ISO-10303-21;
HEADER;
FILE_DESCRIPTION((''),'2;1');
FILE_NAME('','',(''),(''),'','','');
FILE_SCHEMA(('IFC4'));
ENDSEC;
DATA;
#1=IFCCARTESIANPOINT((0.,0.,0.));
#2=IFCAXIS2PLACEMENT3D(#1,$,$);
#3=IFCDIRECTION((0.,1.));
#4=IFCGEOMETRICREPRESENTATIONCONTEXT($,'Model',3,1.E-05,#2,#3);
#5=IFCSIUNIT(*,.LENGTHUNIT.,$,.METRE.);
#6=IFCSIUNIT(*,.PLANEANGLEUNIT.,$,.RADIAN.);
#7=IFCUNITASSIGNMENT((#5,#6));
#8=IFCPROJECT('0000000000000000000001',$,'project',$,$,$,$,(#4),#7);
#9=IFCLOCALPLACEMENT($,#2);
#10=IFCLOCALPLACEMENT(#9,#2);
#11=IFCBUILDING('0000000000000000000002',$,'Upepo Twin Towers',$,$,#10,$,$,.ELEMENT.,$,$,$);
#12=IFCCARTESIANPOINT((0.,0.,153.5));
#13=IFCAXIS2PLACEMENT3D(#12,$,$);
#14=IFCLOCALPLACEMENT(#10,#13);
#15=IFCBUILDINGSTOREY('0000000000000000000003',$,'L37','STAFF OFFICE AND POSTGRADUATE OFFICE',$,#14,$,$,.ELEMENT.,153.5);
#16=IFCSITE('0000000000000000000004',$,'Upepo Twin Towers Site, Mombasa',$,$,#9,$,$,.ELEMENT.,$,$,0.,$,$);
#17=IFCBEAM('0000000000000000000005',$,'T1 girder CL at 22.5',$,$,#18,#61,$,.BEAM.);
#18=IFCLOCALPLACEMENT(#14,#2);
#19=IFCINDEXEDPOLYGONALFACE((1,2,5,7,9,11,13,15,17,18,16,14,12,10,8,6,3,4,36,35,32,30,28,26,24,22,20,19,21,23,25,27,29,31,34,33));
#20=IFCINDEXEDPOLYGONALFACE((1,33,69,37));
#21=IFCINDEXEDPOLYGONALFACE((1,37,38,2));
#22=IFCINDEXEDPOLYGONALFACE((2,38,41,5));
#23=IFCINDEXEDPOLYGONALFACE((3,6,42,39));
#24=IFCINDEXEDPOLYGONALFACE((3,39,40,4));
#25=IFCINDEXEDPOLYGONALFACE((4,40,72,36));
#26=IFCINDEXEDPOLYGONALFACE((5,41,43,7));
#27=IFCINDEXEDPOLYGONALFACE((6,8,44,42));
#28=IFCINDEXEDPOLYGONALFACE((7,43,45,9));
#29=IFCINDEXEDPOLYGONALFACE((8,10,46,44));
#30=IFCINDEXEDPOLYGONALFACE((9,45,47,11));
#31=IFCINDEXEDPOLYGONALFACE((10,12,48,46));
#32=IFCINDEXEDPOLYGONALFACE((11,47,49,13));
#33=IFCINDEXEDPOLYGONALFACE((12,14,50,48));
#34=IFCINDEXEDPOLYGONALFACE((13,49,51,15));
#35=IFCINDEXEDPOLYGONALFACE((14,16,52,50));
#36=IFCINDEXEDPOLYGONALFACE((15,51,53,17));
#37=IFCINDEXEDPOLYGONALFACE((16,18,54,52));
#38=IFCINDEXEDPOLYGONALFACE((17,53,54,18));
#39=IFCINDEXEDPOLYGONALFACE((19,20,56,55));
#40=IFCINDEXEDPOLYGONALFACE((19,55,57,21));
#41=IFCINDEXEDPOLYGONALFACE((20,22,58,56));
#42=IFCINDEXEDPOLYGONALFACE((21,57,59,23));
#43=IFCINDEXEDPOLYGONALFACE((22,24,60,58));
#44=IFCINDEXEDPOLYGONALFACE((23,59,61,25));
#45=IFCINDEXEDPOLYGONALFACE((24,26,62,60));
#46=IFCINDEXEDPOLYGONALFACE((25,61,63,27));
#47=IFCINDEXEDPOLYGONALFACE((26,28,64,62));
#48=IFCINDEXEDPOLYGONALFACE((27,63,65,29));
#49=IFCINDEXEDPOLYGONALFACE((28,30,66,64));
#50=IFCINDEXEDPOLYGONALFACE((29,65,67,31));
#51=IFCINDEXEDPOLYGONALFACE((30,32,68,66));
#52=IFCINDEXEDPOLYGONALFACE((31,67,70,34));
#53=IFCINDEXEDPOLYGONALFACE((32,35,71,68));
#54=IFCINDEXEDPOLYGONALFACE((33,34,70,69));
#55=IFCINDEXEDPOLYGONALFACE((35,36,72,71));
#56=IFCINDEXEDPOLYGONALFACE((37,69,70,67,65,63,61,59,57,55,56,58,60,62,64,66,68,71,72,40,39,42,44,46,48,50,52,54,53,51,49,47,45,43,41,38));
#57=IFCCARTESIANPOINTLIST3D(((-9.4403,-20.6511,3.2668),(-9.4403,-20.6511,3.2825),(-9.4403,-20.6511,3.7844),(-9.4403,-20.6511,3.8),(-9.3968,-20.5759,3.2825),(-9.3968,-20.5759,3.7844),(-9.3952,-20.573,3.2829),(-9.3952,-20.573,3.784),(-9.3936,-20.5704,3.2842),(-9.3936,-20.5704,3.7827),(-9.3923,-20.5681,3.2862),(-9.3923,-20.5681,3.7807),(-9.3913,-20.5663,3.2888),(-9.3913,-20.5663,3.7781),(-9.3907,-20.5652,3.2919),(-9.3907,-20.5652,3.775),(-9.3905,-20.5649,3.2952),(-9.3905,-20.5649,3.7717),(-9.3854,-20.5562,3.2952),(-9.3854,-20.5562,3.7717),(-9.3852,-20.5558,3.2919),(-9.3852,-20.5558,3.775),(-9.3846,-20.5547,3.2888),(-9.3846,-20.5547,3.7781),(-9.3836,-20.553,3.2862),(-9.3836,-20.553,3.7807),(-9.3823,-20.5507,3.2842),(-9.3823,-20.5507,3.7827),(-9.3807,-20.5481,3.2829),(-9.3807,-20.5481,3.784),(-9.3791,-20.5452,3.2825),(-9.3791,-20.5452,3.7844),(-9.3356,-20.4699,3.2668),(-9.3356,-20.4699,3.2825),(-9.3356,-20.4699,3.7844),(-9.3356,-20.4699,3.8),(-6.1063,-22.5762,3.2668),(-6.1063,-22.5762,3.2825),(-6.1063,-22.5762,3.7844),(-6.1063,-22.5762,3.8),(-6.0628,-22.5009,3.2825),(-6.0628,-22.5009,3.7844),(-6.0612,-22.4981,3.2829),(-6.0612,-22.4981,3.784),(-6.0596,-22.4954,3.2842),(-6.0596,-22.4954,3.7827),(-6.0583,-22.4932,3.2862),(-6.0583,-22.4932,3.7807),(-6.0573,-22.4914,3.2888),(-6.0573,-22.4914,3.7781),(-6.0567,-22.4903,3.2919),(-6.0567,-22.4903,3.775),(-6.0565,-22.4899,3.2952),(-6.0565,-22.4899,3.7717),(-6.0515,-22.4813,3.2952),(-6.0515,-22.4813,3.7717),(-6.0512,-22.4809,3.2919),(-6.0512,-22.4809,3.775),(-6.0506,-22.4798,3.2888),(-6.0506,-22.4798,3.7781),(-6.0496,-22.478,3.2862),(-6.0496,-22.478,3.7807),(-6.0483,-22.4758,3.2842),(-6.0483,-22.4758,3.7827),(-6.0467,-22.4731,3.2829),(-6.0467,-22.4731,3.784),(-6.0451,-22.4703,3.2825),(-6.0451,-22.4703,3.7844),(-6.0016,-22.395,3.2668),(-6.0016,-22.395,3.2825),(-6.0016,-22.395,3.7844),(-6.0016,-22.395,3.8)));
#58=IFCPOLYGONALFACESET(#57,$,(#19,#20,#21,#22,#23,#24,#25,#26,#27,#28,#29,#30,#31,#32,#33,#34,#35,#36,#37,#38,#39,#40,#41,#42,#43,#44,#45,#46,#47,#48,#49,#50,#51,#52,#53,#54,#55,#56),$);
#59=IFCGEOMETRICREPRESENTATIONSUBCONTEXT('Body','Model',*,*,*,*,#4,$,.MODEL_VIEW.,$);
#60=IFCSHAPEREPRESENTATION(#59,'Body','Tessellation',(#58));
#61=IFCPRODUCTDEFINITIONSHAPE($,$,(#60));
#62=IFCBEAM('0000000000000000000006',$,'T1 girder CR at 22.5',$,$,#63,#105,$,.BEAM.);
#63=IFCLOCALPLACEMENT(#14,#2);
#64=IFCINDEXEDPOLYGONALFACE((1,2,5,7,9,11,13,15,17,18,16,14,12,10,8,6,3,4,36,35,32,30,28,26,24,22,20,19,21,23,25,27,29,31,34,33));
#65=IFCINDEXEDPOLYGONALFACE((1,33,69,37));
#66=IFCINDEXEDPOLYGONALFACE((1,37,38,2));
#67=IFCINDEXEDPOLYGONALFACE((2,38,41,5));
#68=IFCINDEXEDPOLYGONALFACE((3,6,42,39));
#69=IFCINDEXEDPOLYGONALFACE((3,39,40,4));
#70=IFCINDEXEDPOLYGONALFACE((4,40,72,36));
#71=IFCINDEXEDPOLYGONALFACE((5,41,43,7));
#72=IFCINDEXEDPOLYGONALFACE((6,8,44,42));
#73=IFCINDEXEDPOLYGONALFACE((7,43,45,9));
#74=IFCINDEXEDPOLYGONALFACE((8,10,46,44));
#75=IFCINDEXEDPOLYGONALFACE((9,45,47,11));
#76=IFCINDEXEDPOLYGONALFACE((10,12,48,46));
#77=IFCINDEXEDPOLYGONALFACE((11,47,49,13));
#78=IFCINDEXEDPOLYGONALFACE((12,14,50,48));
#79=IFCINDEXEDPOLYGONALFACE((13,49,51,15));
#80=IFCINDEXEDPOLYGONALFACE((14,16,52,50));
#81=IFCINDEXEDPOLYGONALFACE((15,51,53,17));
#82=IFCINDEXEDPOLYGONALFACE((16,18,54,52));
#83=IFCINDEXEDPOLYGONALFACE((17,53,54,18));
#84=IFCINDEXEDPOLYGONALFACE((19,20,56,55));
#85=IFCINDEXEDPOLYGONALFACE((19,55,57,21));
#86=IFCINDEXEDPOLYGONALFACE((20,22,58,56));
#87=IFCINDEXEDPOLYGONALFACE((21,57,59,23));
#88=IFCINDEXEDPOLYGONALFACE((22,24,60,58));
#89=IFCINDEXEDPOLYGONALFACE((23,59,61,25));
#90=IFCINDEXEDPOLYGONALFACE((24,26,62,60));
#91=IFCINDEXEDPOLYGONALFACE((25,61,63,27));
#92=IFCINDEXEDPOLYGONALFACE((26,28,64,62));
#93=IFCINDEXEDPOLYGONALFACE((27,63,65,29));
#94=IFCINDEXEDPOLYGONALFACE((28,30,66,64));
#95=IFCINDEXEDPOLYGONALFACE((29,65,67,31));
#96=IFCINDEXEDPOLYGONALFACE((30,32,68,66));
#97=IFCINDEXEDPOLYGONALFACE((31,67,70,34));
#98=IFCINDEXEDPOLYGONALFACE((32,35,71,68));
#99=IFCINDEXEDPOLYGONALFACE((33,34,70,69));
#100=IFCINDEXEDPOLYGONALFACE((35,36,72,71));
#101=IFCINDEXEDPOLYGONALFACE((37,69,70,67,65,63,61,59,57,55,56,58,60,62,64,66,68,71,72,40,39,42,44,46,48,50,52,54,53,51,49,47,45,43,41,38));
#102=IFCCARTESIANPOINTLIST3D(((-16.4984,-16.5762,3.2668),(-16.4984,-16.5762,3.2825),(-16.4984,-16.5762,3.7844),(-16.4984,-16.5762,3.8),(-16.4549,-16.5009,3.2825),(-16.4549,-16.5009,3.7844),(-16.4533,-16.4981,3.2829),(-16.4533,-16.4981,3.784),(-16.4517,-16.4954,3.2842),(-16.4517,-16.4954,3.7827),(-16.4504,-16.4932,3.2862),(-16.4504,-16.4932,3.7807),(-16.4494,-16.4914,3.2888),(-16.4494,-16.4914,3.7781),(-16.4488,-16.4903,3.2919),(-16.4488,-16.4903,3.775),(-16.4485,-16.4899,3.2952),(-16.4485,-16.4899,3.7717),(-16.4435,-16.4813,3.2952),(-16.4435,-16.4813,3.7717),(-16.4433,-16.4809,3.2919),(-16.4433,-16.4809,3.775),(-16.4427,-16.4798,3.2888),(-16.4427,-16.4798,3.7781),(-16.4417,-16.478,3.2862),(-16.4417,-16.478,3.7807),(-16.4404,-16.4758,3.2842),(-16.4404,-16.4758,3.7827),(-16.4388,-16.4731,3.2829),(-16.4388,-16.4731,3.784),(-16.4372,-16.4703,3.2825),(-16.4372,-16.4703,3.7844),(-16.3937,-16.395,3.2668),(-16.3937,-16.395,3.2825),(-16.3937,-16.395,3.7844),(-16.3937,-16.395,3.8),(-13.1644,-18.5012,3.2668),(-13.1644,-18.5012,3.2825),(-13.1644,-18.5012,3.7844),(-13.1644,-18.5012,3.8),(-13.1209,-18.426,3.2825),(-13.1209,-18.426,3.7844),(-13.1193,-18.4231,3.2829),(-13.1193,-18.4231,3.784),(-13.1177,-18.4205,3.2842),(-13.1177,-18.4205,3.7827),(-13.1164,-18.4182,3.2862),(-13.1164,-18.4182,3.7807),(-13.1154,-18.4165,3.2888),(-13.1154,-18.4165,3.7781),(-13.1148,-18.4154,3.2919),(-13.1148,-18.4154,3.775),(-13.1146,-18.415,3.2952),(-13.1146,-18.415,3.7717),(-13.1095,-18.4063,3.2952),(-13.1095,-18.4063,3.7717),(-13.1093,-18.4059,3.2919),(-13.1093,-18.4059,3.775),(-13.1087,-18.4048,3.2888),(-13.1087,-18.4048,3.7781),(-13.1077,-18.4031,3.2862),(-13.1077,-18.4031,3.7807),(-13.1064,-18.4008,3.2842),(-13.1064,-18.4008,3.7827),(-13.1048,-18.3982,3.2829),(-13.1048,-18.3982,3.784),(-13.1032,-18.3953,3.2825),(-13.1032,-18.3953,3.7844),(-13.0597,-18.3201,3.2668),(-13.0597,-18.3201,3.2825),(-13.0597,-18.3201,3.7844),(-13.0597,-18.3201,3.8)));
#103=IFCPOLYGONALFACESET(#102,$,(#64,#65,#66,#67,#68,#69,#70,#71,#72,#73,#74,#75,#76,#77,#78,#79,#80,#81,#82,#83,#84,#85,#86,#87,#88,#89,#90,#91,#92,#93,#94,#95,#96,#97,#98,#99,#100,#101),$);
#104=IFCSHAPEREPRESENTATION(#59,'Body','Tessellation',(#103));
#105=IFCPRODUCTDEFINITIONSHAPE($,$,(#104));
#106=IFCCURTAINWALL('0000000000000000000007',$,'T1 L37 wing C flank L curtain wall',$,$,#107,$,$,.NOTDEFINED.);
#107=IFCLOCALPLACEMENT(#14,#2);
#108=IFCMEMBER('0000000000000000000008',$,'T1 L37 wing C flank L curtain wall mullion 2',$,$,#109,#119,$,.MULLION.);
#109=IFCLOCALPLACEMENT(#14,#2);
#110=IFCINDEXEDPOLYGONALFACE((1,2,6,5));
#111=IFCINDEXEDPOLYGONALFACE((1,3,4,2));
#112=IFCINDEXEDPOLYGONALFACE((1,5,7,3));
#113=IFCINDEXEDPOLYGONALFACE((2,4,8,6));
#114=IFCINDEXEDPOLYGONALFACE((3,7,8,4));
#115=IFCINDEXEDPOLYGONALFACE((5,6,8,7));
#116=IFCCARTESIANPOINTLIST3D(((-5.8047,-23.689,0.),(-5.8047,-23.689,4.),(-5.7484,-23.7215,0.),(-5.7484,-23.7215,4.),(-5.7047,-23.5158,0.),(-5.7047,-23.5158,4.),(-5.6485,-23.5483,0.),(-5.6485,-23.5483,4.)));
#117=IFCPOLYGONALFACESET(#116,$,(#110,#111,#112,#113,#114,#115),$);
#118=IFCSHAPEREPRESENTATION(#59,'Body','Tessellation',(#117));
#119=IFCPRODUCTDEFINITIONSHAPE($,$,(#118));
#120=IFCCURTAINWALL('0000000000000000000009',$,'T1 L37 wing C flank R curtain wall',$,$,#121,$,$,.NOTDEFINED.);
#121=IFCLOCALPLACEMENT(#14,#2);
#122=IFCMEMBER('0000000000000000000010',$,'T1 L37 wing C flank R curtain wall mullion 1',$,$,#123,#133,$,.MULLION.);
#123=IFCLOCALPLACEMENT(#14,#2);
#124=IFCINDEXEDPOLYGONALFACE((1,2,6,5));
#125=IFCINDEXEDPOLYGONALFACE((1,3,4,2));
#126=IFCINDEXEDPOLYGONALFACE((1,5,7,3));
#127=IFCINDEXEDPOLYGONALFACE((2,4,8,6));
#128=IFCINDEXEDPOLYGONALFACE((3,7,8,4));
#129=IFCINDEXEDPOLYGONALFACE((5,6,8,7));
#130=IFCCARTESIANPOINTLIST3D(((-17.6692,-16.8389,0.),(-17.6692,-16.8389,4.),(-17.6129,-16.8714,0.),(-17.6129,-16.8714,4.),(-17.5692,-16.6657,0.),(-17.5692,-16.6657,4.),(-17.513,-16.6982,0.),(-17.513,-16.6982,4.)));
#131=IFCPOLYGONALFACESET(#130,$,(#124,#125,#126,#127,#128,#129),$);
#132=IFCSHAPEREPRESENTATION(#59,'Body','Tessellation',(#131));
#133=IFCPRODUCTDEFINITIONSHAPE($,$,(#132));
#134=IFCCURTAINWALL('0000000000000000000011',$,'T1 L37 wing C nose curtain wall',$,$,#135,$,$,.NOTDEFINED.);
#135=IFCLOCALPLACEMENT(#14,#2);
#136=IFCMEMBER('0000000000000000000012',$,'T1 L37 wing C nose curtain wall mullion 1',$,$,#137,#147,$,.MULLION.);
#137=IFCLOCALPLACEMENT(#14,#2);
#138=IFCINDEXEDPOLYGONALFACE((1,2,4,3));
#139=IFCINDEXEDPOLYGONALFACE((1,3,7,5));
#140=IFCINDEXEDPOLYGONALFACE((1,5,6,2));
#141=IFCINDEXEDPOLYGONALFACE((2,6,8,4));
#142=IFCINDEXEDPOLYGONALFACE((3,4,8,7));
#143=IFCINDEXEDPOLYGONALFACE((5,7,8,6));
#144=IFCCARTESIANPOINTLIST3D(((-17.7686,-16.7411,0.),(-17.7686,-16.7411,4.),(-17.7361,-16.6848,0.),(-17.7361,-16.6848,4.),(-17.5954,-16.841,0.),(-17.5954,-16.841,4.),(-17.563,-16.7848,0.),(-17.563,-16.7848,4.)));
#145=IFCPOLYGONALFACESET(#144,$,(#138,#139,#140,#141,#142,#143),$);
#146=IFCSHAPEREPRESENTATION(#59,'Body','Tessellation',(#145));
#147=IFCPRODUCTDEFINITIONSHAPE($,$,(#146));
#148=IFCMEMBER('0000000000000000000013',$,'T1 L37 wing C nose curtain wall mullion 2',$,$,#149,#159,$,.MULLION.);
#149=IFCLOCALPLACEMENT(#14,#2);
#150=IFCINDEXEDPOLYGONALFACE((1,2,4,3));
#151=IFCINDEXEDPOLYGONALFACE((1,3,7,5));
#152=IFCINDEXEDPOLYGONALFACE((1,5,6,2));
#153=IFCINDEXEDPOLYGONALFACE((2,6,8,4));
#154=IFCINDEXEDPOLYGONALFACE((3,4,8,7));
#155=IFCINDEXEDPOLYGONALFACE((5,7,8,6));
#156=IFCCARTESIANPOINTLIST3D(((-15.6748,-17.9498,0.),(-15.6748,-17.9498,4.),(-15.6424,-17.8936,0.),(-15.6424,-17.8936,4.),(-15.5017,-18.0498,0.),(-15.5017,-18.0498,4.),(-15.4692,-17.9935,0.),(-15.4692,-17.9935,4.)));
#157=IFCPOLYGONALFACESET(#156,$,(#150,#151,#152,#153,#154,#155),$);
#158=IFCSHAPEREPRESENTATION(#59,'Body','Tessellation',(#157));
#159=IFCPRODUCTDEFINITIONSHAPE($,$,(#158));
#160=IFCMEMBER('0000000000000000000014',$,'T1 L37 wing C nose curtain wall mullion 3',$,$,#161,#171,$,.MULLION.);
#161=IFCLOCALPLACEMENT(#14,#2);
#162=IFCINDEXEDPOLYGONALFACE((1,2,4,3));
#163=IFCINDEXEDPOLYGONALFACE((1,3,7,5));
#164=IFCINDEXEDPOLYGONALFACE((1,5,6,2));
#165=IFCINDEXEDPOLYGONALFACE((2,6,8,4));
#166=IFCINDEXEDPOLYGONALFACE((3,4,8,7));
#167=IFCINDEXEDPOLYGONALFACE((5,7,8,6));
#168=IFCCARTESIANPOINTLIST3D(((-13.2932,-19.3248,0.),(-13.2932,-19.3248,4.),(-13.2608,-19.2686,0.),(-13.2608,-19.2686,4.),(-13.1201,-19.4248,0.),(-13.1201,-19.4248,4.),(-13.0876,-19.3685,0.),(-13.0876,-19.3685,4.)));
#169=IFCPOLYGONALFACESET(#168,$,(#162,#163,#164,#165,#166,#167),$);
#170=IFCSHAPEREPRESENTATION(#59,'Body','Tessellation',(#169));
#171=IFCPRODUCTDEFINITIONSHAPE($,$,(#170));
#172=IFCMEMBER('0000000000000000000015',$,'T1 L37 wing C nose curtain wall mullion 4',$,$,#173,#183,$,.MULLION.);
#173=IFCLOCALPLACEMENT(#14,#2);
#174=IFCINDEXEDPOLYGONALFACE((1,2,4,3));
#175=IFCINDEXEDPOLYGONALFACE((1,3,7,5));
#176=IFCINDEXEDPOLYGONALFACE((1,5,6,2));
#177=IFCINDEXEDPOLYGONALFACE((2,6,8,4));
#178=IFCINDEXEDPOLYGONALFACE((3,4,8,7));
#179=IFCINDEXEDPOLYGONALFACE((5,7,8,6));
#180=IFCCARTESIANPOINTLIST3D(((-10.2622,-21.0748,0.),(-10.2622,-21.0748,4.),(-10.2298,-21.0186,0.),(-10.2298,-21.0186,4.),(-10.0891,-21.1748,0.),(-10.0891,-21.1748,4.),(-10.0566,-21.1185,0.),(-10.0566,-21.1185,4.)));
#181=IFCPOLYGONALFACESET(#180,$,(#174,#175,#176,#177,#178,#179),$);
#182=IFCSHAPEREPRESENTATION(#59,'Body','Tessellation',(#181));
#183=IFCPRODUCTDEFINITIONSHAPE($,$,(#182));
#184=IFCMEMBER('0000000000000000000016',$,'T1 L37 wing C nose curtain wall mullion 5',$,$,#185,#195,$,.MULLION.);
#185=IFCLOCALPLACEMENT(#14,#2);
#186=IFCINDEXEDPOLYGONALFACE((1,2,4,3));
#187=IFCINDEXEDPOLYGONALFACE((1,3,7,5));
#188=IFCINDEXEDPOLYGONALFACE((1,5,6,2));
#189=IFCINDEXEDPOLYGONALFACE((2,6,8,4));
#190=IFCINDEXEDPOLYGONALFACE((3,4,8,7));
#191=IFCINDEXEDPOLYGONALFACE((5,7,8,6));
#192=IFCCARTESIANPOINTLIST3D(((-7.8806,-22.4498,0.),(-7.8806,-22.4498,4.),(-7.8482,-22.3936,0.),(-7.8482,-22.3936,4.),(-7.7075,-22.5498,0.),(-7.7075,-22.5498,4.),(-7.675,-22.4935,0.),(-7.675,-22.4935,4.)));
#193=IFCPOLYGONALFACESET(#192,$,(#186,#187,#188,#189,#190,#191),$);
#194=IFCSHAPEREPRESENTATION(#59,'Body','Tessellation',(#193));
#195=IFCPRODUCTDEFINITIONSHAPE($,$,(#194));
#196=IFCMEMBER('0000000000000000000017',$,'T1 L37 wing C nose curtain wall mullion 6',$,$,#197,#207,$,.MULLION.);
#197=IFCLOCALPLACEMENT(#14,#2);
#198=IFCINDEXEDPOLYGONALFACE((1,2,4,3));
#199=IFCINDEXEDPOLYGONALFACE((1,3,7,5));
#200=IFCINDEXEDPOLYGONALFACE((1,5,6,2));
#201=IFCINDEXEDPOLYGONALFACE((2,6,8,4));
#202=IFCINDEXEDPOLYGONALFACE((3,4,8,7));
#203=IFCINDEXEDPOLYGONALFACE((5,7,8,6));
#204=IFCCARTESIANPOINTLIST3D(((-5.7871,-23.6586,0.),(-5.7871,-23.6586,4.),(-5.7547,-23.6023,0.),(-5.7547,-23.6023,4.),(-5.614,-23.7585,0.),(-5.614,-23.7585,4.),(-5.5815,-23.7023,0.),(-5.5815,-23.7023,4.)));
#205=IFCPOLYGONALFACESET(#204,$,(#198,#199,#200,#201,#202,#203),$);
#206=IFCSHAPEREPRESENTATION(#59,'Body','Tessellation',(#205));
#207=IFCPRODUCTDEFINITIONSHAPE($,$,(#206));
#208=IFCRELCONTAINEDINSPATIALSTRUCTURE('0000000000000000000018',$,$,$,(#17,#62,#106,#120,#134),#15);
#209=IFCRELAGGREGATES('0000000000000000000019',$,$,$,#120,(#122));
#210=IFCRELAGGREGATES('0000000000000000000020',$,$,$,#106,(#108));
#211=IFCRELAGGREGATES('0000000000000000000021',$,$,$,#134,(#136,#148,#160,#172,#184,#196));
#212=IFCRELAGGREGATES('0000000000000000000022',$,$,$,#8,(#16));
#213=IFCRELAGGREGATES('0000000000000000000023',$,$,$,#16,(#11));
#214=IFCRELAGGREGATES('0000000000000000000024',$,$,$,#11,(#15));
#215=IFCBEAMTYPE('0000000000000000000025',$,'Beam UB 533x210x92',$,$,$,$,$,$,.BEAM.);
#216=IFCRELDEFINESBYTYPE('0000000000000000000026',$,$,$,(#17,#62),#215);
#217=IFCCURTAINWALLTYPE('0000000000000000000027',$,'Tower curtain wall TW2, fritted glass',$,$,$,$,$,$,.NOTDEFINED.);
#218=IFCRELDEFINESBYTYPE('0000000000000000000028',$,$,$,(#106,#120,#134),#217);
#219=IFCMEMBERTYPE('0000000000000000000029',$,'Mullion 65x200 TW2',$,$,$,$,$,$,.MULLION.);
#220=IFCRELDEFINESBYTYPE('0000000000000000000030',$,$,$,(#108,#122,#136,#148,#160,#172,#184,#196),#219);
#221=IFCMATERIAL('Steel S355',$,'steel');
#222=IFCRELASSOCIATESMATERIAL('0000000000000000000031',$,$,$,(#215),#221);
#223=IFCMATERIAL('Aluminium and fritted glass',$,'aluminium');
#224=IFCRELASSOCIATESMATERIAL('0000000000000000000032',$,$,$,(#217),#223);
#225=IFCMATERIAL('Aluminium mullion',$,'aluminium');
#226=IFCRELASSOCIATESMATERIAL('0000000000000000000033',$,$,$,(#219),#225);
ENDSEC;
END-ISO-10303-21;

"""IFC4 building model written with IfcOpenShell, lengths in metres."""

from ifc_helpers import new_model, si_unit, direction, frame, origin, origin_2d, place, context, subcontext, project, spatial, rectangle, i_section, extrude, material, material_profile, profile_set, type_object, element, aggregate, save


model = new_model("IFC4")

# Units and contexts
model_context = context("Model", 3, precision=1e-05, world=origin(), true_north=direction((0.0, 1.0)))
body_context = subcontext(model_context, "Body", "Model", "MODEL_VIEW")
ifc_project = project(units=[si_unit("LENGTHUNIT", "METRE"), si_unit("PLANEANGLEUNIT", "RADIAN")], contexts=[model_context])

# Site, building, storey
site_placement = place(None, origin())
site = spatial("IfcSite", under=ifc_project, at=site_placement, Name="Upepo Twin Towers Site, Mombasa", CompositionType="ELEMENT", RefElevation=0.0)
building_placement = place(site_placement, origin())
building = spatial("IfcBuilding", under=site, at=building_placement, Name="Upepo Twin Towers", CompositionType="ELEMENT")
storey_placement = place(building_placement, frame((0.0, 0.0, 153.5)))
storey = spatial("IfcBuildingStorey", under=building, at=storey_placement, Name="L37", Description="STAFF OFFICE AND POSTGRADUATE OFFICE", CompositionType="ELEMENT", Elevation=153.5)

# Beams
ifc_material_1 = material(Name="Steel S355", Category="steel")
ifc_material_profile_1 = material_profile(ifc_material_1, i_section(OverallWidth=0.2092, OverallDepth=0.5332, WebThickness=0.01, FlangeThickness=0.0156, FilletRadius=0.0127, at=origin_2d()), Name="UB 533x210x92")
ifc_profile_set_1 = profile_set([ifc_material_profile_1], Name="Steel S355")
beam_type_1 = type_object("IfcBeamType", Name="Beam UB 533x210x92", PredefinedType="BEAM", material=ifc_profile_set_1)
for number, where, z_axis, x_axis, name in (
    (1, (-6.054, -22.4856, 3.5334), (-0.866006, 0.500034, 0.0), (-0.500034, -0.866006, 0.0), "T1 girder CL at 22.5"),
    (2, (-16.446, -16.4856, 3.5334), (0.866006, -0.500034, 0.0), (0.500034, 0.866006, 0.0), "T1 girder CR at 22.5"),
):
    element("IfcBeam", number, at=place(storey_placement, frame(where, z_axis=z_axis, x_axis=x_axis)), inside=storey, type_object=beam_type_1, Name=name, PredefinedType="BEAM", context=body_context, shape_type="SweptSolid", body=[
        extrude(i_section(OverallWidth=0.2092, OverallDepth=0.5332, WebThickness=0.01, FlangeThickness=0.0156, FilletRadius=0.0127, at=origin_2d()), origin(), (0.0, 0.0, 1.0), 3.8499),
    ])

# Curtain walls, members
ifc_material_2 = material(Name="Aluminium and fritted glass", Category="aluminium")
curtain_wall_type = type_object("IfcCurtainWallType", Name="Tower curtain wall TW2, fritted glass", PredefinedType="NOTDEFINED", material=ifc_material_2)
curtain_wall_1_placement = place(storey_placement, origin())
curtain_wall_1 = element("IfcCurtainWall", 3, at=curtain_wall_1_placement, inside=storey, type_object=curtain_wall_type, Name="T1 L37 wing C flank L curtain wall", PredefinedType="NOTDEFINED")
ifc_material_3 = material(Name="Aluminium mullion", Category="aluminium")
ifc_material_profile_2 = material_profile(ifc_material_3, rectangle(XDim=0.0649, YDim=0.2, at=origin_2d()), Name="MULLION 65x200")
ifc_profile_set_2 = profile_set([ifc_material_profile_2], Name="Aluminium mullion")
member_type_1 = type_object("IfcMemberType", Name="Mullion 65x200 TW2", PredefinedType="MULLION", material=ifc_profile_set_2)
member_1_placement = place(storey_placement, frame((-5.7266, -23.6187, 0.0), z_axis=(0.0, 0.0, 1.0), x_axis=(0.866025, -0.5, 0.0)))
member_1 = element("IfcMember", 4, at=member_1_placement, type_object=member_type_1, Name="T1 L37 wing C flank L curtain wall mullion 2", PredefinedType="MULLION", context=body_context, shape_type="SweptSolid", body=[
    extrude(rectangle(XDim=0.0649, YDim=0.2, at=origin_2d()), origin(), (0.0, 0.0, 1.0), 4.0),
])
curtain_wall_2_placement = place(storey_placement, origin())
curtain_wall_2 = element("IfcCurtainWall", 5, at=curtain_wall_2_placement, inside=storey, type_object=curtain_wall_type, Name="T1 L37 wing C flank R curtain wall", PredefinedType="NOTDEFINED")
member_2_placement = place(storey_placement, frame((-17.5911, -16.7686, 0.0), z_axis=(0.0, 0.0, 1.0), x_axis=(-0.866025, 0.5, 0.0)))
member_2 = element("IfcMember", 6, at=member_2_placement, type_object=member_type_1, Name="T1 L37 wing C flank R curtain wall mullion 1", PredefinedType="MULLION", context=body_context, shape_type="SweptSolid", body=[
    extrude(rectangle(XDim=0.0649, YDim=0.2, at=origin_2d()), origin(), (0.0, 0.0, 1.0), 4.0),
])

# Curtain wall, members
curtain_wall_3_placement = place(storey_placement, origin())
curtain_wall_3 = element("IfcCurtainWall", 7, at=curtain_wall_3_placement, inside=storey, type_object=curtain_wall_type, Name="T1 L37 wing C nose curtain wall", PredefinedType="NOTDEFINED")
member_3_placement = place(storey_placement, frame((-17.6658, -16.7629, 0.0), z_axis=(0.0, 0.0, 1.0), x_axis=(0.5, 0.866025, 0.0)))
member_3 = element("IfcMember", 8, at=member_3_placement, type_object=member_type_1, Name="T1 L37 wing C nose curtain wall mullion 1", PredefinedType="MULLION", context=body_context, shape_type="SweptSolid", body=[
    extrude(rectangle(XDim=0.0649, YDim=0.2, at=origin_2d()), origin(), (0.0, 0.0, 1.0), 4.0),
])
member_4_placement = place(storey_placement, frame((-15.572, -17.9717, 0.0), z_axis=(0.0, 0.0, 1.0), x_axis=(0.5, 0.866025, 0.0)))
member_4 = element("IfcMember", 9, at=member_4_placement, type_object=member_type_1, Name="T1 L37 wing C nose curtain wall mullion 2", PredefinedType="MULLION", context=body_context, shape_type="SweptSolid", body=[
    extrude(rectangle(XDim=0.0649, YDim=0.2, at=origin_2d()), origin(), (0.0, 0.0, 1.0), 4.0),
])
member_5_placement = place(storey_placement, frame((-13.1904, -19.3467, 0.0), z_axis=(0.0, 0.0, 1.0), x_axis=(0.5, 0.866025, 0.0)))
member_5 = element("IfcMember", 10, at=member_5_placement, type_object=member_type_1, Name="T1 L37 wing C nose curtain wall mullion 3", PredefinedType="MULLION", context=body_context, shape_type="SweptSolid", body=[
    extrude(rectangle(XDim=0.0649, YDim=0.2, at=origin_2d()), origin(), (0.0, 0.0, 1.0), 4.0),
])
member_6_placement = place(storey_placement, frame((-10.1594, -21.0967, 0.0), z_axis=(0.0, 0.0, 1.0), x_axis=(0.5, 0.866025, 0.0)))
member_6 = element("IfcMember", 11, at=member_6_placement, type_object=member_type_1, Name="T1 L37 wing C nose curtain wall mullion 4", PredefinedType="MULLION", context=body_context, shape_type="SweptSolid", body=[
    extrude(rectangle(XDim=0.0649, YDim=0.2, at=origin_2d()), origin(), (0.0, 0.0, 1.0), 4.0),
])
member_7_placement = place(storey_placement, frame((-7.7778, -22.4717, 0.0), z_axis=(0.0, 0.0, 1.0), x_axis=(0.5, 0.866025, 0.0)))
member_7 = element("IfcMember", 12, at=member_7_placement, type_object=member_type_1, Name="T1 L37 wing C nose curtain wall mullion 5", PredefinedType="MULLION", context=body_context, shape_type="SweptSolid", body=[
    extrude(rectangle(XDim=0.0649, YDim=0.2, at=origin_2d()), origin(), (0.0, 0.0, 1.0), 4.0),
])
member_8_placement = place(storey_placement, frame((-5.6843, -23.6804, 0.0), z_axis=(0.0, 0.0, 1.0), x_axis=(0.5, 0.866025, 0.0)))
member_8 = element("IfcMember", 13, at=member_8_placement, type_object=member_type_1, Name="T1 L37 wing C nose curtain wall mullion 6", PredefinedType="MULLION", context=body_context, shape_type="SweptSolid", body=[
    extrude(rectangle(XDim=0.0649, YDim=0.2, at=origin_2d()), origin(), (0.0, 0.0, 1.0), 4.0),
])

aggregate(curtain_wall_2, [member_2])

aggregate(curtain_wall_1, [member_1])
aggregate(curtain_wall_3, [member_3, member_4, member_5, member_6, member_7, member_8])

save(model, "model.ifc")
